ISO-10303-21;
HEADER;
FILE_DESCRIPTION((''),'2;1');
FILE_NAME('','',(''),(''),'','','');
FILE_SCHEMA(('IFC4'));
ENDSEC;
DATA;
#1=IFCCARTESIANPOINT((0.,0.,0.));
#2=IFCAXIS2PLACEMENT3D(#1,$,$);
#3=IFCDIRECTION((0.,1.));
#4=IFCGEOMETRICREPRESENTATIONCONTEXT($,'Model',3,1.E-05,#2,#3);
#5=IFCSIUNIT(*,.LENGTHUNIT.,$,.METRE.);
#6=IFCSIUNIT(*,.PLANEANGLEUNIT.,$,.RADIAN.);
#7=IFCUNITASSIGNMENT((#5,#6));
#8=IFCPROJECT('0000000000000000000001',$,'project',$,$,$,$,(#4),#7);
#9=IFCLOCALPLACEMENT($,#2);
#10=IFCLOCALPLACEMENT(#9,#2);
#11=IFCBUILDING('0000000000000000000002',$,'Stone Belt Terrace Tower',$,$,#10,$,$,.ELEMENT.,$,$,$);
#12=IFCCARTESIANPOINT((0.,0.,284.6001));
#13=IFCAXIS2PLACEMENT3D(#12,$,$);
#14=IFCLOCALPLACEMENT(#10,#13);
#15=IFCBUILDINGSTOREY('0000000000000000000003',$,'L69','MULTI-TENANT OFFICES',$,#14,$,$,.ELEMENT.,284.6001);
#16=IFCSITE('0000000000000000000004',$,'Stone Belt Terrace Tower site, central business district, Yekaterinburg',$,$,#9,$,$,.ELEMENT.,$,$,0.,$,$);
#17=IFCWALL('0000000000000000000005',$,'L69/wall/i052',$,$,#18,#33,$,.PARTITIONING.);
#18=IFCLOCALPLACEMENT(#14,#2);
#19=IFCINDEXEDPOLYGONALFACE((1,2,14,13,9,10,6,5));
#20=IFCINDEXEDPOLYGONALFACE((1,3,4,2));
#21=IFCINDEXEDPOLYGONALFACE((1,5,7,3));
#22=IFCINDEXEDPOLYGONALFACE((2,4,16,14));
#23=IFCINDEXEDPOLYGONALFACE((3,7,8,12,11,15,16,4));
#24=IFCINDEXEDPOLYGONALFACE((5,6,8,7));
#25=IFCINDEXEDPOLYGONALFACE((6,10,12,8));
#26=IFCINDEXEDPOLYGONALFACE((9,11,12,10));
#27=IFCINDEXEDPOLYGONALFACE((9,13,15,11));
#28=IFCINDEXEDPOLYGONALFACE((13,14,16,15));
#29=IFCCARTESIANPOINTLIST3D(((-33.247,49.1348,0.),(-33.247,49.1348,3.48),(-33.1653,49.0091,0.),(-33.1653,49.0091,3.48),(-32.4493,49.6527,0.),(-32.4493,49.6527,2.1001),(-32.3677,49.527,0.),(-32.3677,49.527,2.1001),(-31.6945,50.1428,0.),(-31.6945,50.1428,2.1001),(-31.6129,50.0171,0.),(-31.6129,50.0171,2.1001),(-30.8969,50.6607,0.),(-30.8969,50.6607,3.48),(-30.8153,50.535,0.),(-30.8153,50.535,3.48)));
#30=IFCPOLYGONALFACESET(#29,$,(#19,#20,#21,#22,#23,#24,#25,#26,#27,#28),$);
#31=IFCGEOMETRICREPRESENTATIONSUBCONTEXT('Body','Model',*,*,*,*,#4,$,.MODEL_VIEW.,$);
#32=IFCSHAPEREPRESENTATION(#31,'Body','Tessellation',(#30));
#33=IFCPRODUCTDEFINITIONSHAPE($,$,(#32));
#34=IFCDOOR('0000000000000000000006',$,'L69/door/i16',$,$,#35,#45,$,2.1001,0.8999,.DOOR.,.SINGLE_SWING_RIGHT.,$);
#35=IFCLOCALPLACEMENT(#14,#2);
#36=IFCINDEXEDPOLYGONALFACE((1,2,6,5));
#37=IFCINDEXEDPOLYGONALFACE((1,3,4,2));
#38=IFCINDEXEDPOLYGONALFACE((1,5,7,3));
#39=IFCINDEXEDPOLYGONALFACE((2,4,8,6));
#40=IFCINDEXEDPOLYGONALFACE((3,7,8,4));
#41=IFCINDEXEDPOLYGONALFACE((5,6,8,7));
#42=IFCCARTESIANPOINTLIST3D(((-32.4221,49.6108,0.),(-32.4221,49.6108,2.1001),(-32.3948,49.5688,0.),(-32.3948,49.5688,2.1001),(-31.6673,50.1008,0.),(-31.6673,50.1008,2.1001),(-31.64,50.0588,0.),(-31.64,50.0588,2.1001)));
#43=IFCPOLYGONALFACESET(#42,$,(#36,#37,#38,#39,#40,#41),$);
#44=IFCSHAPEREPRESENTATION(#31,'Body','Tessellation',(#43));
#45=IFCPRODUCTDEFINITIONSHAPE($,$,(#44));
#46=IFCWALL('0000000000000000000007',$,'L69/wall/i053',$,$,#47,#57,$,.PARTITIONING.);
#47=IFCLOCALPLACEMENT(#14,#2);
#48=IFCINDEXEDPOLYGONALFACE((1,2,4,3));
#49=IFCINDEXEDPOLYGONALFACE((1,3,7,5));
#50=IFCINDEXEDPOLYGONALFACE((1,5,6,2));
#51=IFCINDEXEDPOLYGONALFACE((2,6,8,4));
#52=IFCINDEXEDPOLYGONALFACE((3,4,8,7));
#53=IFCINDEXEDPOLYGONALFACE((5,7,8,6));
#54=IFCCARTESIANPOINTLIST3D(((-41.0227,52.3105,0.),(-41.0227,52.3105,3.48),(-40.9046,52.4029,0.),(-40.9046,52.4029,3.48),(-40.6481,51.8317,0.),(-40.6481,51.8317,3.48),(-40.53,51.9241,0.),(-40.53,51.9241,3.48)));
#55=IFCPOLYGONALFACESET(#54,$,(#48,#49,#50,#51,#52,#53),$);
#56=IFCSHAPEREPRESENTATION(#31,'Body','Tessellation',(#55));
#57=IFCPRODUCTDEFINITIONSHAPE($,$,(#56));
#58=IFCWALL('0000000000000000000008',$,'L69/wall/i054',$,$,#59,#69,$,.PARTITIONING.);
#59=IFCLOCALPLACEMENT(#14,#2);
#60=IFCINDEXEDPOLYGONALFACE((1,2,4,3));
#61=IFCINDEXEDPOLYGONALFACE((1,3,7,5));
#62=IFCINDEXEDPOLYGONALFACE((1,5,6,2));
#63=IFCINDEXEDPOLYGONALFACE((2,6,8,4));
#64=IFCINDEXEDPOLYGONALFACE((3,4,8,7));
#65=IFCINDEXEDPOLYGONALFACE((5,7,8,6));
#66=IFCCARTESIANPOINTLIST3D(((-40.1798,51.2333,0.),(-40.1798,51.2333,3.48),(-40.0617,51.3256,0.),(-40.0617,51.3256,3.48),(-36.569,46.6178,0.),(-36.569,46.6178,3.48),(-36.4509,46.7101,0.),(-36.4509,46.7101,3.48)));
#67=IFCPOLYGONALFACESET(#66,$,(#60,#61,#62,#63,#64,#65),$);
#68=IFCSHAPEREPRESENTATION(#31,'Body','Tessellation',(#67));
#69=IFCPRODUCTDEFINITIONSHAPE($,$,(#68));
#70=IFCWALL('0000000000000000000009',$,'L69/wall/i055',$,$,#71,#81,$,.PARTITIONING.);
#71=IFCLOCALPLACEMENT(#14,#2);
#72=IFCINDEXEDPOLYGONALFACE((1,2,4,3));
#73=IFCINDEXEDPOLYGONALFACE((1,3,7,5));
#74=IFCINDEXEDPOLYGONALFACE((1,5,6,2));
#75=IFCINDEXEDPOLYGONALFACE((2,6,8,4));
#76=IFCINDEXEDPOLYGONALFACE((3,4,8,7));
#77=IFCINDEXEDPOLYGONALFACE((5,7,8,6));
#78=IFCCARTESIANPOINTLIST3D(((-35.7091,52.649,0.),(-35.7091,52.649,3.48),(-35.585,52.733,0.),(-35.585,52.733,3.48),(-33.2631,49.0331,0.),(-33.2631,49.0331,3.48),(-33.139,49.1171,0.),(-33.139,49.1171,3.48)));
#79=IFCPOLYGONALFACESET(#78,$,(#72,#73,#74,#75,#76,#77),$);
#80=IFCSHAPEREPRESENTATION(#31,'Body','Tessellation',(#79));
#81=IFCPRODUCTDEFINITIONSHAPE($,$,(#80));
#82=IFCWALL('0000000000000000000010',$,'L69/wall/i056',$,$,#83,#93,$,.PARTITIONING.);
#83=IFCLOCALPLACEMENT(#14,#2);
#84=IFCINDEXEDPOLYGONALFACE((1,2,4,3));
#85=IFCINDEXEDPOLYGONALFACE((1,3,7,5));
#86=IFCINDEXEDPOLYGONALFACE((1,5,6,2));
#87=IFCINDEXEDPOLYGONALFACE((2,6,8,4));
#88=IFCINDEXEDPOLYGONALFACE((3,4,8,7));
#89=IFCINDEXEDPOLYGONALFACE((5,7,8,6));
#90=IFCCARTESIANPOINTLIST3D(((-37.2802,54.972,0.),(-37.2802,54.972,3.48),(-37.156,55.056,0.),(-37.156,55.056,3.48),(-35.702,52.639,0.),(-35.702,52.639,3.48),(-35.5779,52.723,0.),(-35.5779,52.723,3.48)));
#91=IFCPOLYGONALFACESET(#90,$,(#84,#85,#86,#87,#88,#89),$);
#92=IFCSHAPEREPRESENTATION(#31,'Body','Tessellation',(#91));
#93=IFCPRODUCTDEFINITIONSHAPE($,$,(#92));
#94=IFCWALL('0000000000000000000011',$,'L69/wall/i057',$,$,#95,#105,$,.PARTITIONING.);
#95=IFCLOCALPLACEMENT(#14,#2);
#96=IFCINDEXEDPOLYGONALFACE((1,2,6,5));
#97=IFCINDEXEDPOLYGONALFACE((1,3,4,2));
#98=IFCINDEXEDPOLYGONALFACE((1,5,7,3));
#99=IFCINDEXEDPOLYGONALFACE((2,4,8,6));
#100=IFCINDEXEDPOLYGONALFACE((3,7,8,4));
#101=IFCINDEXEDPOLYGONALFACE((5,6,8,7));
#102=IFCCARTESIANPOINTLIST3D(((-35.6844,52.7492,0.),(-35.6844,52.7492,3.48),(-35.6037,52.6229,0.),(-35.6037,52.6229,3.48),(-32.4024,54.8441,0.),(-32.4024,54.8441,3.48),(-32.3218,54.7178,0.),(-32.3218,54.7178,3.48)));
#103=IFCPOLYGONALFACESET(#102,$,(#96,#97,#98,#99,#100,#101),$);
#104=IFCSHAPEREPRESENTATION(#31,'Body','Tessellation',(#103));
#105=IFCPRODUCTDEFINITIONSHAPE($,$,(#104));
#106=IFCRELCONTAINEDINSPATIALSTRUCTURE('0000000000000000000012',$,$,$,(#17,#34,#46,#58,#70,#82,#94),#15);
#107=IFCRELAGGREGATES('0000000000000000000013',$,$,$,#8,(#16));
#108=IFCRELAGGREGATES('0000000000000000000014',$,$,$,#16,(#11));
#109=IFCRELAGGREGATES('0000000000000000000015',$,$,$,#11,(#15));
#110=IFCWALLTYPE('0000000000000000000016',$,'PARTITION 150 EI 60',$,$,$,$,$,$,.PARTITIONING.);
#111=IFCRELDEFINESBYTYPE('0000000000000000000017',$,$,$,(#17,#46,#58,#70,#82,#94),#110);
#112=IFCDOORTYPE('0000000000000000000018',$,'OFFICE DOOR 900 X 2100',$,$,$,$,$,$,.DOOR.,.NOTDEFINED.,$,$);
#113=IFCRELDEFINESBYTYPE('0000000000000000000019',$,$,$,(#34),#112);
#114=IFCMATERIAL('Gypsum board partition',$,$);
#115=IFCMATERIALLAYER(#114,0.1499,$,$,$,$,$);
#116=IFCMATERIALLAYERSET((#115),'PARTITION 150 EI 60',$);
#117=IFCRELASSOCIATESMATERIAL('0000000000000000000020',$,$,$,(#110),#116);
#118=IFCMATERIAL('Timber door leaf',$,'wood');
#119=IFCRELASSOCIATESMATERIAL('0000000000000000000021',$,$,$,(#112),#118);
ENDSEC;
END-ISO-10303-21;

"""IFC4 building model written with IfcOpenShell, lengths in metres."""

from ifc_helpers import new_model, si_unit, direction, frame, frame_2d, origin, place, context, subcontext, project, spatial, rectangle, extrude, material, layer, layer_set, type_object, element, fill, save


model = new_model("IFC4")

# Units and contexts
model_context = context("Model", 3, precision=1e-05, world=origin(), true_north=direction((0.0, 1.0)))
body_context = subcontext(model_context, "Body", "Model", "MODEL_VIEW")
ifc_project = project(units=[si_unit("LENGTHUNIT", "METRE"), si_unit("PLANEANGLEUNIT", "RADIAN")], contexts=[model_context])

# Site, building, storey
site_placement = place(None, origin())
site = spatial("IfcSite", under=ifc_project, at=site_placement, Name="Stone Belt Terrace Tower site, central business district, Yekaterinburg", CompositionType="ELEMENT", RefElevation=0.0)
building_placement = place(site_placement, origin())
building = spatial("IfcBuilding", under=site, at=building_placement, Name="Stone Belt Terrace Tower", CompositionType="ELEMENT")
storey_placement = place(building_placement, frame((0.0, 0.0, 284.6001)))
storey = spatial("IfcBuildingStorey", under=building, at=storey_placement, Name="L69", Description="MULTI-TENANT OFFICES", CompositionType="ELEMENT", Elevation=284.6001)

# Shared definitions
ifc_material_1 = material(Name="Gypsum board partition")
ifc_layer_1 = layer(ifc_material_1, 0.1499)
ifc_layer_set_1 = layer_set([ifc_layer_1], Name="PARTITION 150 EI 60")
wall_type = type_object("IfcWallType", Name="PARTITION 150 EI 60", PredefinedType="PARTITIONING", material=ifc_layer_set_1)

# Wall, opening, door
wall_1_placement = place(storey_placement, frame((-33.2061, 49.072, 0.0), z_axis=(0.0, 0.0, 1.0), x_axis=(0.838718, 0.544566, 0.0)))
wall_1 = element("IfcWall", 1, at=wall_1_placement, inside=storey, type_object=wall_type, Name="L69/wall/i052", PredefinedType="PARTITIONING", context=body_context, shape_type="SweptSolid", body=[
    extrude(rectangle(XDim=2.802, YDim=0.1499, at=frame_2d((1.4009, 0.0))), origin(), (0.0, 0.0, 1.0), 3.48),
])
opening_placement = place(wall_1_placement, frame((0.9509, 0.0, 0.0)))
opening = element("IfcOpeningElement", 2, at=opening_placement, cuts=wall_1, PredefinedType="OPENING", context=body_context, shape_type="SweptSolid", body=[
    extrude(rectangle(XDim=0.8999, YDim=2.1001, at=frame_2d((0.45, 1.05))), frame((0.0, 0.085, 0.0), z_axis=(0.0, -1.0, 0.0), x_axis=(1.0, 0.0, 0.0)), (0.0, 0.0, 1.0), 0.1699),
])
ifc_material_2 = material(Name="Timber door leaf", Category="wood")
door_type = type_object("IfcDoorType", Name="OFFICE DOOR 900 X 2100", OperationType="NOTDEFINED", PredefinedType="DOOR", material=ifc_material_2)
door_placement = place(opening_placement, origin())
door = element("IfcDoor", 3, at=door_placement, inside=storey, type_object=door_type, Name="L69/door/i16", OperationType="SINGLE_SWING_RIGHT", OverallHeight=2.1001, OverallWidth=0.8999, PredefinedType="DOOR", context=body_context, shape_type="SweptSolid", body=[
    extrude(rectangle(XDim=0.8999, YDim=2.1001, at=frame_2d((0.45, 1.05))), frame((0.0, 0.0249, 0.0), z_axis=(0.0, -1.0, 0.0), x_axis=(1.0, 0.0, 0.0)), (0.0, 0.0, 1.0), 0.05),
])
fill(opening, door)

# Walls
wall_2_placement = place(storey_placement, frame((-40.9636, 52.3567, 0.0), z_axis=(0.0, 0.0, 1.0), x_axis=(0.616135, -0.787641, 0.0)))
element("IfcWall", 4, at=wall_2_placement, inside=storey, type_object=wall_type, Name="L69/wall/i053", PredefinedType="PARTITIONING", context=body_context, shape_type="SweptSolid", body=[
    extrude(rectangle(XDim=0.6079, YDim=0.1499, at=frame_2d((0.304, 0.0))), origin(), (0.0, 0.0, 1.0), 3.48),
])
wall_3_placement = place(storey_placement, frame((-40.1208, 51.2795, 0.0), z_axis=(0.0, 0.0, 1.0), x_axis=(0.616173, -0.78761, 0.0)))
element("IfcWall", 5, at=wall_3_placement, inside=storey, type_object=wall_type, Name="L69/wall/i054", PredefinedType="PARTITIONING", context=body_context, shape_type="SweptSolid", body=[
    extrude(rectangle(XDim=5.8601, YDim=0.1499, at=frame_2d((2.9302, 0.0))), origin(), (0.0, 0.0, 1.0), 3.48),
])
wall_4_placement = place(storey_placement, frame((-35.647, 52.6909, 0.0), z_axis=(0.0, 0.0, 1.0), x_axis=(0.560301, -0.828289, 0.0)))
element("IfcWall", 6, at=wall_4_placement, inside=storey, type_object=wall_type, Name="L69/wall/i055", PredefinedType="PARTITIONING", context=body_context, shape_type="SweptSolid", body=[
    extrude(rectangle(XDim=4.3655, YDim=0.1499, at=frame_2d((2.1826, 0.0))), origin(), (0.0, 0.0, 1.0), 3.48),
])
wall_5_placement = place(storey_placement, frame((-37.218, 55.0139, 0.0), z_axis=(0.0, 0.0, 1.0), x_axis=(0.560288, -0.828298, 0.0)))
element("IfcWall", 7, at=wall_5_placement, inside=storey, type_object=wall_type, Name="L69/wall/i056", PredefinedType="PARTITIONING", context=body_context, shape_type="SweptSolid", body=[
    extrude(rectangle(XDim=2.8167, YDim=0.1499, at=frame_2d((1.4082, 0.0))), origin(), (0.0, 0.0, 1.0), 3.48),
])
wall_6_placement = place(storey_placement, frame((-35.644, 52.686, 0.0), z_axis=(0.0, 0.0, 1.0), x_axis=(0.842912, 0.538052, 0.0)))
element("IfcWall", 8, at=wall_6_placement, inside=storey, type_object=wall_type, Name="L69/wall/i057", PredefinedType="PARTITIONING", context=body_context, shape_type="SweptSolid", body=[
    extrude(rectangle(XDim=3.8936, YDim=0.1499, at=frame_2d((1.9468, 0.0))), origin(), (0.0, 0.0, 1.0), 3.48),
])

save(model, "model.ifc")
